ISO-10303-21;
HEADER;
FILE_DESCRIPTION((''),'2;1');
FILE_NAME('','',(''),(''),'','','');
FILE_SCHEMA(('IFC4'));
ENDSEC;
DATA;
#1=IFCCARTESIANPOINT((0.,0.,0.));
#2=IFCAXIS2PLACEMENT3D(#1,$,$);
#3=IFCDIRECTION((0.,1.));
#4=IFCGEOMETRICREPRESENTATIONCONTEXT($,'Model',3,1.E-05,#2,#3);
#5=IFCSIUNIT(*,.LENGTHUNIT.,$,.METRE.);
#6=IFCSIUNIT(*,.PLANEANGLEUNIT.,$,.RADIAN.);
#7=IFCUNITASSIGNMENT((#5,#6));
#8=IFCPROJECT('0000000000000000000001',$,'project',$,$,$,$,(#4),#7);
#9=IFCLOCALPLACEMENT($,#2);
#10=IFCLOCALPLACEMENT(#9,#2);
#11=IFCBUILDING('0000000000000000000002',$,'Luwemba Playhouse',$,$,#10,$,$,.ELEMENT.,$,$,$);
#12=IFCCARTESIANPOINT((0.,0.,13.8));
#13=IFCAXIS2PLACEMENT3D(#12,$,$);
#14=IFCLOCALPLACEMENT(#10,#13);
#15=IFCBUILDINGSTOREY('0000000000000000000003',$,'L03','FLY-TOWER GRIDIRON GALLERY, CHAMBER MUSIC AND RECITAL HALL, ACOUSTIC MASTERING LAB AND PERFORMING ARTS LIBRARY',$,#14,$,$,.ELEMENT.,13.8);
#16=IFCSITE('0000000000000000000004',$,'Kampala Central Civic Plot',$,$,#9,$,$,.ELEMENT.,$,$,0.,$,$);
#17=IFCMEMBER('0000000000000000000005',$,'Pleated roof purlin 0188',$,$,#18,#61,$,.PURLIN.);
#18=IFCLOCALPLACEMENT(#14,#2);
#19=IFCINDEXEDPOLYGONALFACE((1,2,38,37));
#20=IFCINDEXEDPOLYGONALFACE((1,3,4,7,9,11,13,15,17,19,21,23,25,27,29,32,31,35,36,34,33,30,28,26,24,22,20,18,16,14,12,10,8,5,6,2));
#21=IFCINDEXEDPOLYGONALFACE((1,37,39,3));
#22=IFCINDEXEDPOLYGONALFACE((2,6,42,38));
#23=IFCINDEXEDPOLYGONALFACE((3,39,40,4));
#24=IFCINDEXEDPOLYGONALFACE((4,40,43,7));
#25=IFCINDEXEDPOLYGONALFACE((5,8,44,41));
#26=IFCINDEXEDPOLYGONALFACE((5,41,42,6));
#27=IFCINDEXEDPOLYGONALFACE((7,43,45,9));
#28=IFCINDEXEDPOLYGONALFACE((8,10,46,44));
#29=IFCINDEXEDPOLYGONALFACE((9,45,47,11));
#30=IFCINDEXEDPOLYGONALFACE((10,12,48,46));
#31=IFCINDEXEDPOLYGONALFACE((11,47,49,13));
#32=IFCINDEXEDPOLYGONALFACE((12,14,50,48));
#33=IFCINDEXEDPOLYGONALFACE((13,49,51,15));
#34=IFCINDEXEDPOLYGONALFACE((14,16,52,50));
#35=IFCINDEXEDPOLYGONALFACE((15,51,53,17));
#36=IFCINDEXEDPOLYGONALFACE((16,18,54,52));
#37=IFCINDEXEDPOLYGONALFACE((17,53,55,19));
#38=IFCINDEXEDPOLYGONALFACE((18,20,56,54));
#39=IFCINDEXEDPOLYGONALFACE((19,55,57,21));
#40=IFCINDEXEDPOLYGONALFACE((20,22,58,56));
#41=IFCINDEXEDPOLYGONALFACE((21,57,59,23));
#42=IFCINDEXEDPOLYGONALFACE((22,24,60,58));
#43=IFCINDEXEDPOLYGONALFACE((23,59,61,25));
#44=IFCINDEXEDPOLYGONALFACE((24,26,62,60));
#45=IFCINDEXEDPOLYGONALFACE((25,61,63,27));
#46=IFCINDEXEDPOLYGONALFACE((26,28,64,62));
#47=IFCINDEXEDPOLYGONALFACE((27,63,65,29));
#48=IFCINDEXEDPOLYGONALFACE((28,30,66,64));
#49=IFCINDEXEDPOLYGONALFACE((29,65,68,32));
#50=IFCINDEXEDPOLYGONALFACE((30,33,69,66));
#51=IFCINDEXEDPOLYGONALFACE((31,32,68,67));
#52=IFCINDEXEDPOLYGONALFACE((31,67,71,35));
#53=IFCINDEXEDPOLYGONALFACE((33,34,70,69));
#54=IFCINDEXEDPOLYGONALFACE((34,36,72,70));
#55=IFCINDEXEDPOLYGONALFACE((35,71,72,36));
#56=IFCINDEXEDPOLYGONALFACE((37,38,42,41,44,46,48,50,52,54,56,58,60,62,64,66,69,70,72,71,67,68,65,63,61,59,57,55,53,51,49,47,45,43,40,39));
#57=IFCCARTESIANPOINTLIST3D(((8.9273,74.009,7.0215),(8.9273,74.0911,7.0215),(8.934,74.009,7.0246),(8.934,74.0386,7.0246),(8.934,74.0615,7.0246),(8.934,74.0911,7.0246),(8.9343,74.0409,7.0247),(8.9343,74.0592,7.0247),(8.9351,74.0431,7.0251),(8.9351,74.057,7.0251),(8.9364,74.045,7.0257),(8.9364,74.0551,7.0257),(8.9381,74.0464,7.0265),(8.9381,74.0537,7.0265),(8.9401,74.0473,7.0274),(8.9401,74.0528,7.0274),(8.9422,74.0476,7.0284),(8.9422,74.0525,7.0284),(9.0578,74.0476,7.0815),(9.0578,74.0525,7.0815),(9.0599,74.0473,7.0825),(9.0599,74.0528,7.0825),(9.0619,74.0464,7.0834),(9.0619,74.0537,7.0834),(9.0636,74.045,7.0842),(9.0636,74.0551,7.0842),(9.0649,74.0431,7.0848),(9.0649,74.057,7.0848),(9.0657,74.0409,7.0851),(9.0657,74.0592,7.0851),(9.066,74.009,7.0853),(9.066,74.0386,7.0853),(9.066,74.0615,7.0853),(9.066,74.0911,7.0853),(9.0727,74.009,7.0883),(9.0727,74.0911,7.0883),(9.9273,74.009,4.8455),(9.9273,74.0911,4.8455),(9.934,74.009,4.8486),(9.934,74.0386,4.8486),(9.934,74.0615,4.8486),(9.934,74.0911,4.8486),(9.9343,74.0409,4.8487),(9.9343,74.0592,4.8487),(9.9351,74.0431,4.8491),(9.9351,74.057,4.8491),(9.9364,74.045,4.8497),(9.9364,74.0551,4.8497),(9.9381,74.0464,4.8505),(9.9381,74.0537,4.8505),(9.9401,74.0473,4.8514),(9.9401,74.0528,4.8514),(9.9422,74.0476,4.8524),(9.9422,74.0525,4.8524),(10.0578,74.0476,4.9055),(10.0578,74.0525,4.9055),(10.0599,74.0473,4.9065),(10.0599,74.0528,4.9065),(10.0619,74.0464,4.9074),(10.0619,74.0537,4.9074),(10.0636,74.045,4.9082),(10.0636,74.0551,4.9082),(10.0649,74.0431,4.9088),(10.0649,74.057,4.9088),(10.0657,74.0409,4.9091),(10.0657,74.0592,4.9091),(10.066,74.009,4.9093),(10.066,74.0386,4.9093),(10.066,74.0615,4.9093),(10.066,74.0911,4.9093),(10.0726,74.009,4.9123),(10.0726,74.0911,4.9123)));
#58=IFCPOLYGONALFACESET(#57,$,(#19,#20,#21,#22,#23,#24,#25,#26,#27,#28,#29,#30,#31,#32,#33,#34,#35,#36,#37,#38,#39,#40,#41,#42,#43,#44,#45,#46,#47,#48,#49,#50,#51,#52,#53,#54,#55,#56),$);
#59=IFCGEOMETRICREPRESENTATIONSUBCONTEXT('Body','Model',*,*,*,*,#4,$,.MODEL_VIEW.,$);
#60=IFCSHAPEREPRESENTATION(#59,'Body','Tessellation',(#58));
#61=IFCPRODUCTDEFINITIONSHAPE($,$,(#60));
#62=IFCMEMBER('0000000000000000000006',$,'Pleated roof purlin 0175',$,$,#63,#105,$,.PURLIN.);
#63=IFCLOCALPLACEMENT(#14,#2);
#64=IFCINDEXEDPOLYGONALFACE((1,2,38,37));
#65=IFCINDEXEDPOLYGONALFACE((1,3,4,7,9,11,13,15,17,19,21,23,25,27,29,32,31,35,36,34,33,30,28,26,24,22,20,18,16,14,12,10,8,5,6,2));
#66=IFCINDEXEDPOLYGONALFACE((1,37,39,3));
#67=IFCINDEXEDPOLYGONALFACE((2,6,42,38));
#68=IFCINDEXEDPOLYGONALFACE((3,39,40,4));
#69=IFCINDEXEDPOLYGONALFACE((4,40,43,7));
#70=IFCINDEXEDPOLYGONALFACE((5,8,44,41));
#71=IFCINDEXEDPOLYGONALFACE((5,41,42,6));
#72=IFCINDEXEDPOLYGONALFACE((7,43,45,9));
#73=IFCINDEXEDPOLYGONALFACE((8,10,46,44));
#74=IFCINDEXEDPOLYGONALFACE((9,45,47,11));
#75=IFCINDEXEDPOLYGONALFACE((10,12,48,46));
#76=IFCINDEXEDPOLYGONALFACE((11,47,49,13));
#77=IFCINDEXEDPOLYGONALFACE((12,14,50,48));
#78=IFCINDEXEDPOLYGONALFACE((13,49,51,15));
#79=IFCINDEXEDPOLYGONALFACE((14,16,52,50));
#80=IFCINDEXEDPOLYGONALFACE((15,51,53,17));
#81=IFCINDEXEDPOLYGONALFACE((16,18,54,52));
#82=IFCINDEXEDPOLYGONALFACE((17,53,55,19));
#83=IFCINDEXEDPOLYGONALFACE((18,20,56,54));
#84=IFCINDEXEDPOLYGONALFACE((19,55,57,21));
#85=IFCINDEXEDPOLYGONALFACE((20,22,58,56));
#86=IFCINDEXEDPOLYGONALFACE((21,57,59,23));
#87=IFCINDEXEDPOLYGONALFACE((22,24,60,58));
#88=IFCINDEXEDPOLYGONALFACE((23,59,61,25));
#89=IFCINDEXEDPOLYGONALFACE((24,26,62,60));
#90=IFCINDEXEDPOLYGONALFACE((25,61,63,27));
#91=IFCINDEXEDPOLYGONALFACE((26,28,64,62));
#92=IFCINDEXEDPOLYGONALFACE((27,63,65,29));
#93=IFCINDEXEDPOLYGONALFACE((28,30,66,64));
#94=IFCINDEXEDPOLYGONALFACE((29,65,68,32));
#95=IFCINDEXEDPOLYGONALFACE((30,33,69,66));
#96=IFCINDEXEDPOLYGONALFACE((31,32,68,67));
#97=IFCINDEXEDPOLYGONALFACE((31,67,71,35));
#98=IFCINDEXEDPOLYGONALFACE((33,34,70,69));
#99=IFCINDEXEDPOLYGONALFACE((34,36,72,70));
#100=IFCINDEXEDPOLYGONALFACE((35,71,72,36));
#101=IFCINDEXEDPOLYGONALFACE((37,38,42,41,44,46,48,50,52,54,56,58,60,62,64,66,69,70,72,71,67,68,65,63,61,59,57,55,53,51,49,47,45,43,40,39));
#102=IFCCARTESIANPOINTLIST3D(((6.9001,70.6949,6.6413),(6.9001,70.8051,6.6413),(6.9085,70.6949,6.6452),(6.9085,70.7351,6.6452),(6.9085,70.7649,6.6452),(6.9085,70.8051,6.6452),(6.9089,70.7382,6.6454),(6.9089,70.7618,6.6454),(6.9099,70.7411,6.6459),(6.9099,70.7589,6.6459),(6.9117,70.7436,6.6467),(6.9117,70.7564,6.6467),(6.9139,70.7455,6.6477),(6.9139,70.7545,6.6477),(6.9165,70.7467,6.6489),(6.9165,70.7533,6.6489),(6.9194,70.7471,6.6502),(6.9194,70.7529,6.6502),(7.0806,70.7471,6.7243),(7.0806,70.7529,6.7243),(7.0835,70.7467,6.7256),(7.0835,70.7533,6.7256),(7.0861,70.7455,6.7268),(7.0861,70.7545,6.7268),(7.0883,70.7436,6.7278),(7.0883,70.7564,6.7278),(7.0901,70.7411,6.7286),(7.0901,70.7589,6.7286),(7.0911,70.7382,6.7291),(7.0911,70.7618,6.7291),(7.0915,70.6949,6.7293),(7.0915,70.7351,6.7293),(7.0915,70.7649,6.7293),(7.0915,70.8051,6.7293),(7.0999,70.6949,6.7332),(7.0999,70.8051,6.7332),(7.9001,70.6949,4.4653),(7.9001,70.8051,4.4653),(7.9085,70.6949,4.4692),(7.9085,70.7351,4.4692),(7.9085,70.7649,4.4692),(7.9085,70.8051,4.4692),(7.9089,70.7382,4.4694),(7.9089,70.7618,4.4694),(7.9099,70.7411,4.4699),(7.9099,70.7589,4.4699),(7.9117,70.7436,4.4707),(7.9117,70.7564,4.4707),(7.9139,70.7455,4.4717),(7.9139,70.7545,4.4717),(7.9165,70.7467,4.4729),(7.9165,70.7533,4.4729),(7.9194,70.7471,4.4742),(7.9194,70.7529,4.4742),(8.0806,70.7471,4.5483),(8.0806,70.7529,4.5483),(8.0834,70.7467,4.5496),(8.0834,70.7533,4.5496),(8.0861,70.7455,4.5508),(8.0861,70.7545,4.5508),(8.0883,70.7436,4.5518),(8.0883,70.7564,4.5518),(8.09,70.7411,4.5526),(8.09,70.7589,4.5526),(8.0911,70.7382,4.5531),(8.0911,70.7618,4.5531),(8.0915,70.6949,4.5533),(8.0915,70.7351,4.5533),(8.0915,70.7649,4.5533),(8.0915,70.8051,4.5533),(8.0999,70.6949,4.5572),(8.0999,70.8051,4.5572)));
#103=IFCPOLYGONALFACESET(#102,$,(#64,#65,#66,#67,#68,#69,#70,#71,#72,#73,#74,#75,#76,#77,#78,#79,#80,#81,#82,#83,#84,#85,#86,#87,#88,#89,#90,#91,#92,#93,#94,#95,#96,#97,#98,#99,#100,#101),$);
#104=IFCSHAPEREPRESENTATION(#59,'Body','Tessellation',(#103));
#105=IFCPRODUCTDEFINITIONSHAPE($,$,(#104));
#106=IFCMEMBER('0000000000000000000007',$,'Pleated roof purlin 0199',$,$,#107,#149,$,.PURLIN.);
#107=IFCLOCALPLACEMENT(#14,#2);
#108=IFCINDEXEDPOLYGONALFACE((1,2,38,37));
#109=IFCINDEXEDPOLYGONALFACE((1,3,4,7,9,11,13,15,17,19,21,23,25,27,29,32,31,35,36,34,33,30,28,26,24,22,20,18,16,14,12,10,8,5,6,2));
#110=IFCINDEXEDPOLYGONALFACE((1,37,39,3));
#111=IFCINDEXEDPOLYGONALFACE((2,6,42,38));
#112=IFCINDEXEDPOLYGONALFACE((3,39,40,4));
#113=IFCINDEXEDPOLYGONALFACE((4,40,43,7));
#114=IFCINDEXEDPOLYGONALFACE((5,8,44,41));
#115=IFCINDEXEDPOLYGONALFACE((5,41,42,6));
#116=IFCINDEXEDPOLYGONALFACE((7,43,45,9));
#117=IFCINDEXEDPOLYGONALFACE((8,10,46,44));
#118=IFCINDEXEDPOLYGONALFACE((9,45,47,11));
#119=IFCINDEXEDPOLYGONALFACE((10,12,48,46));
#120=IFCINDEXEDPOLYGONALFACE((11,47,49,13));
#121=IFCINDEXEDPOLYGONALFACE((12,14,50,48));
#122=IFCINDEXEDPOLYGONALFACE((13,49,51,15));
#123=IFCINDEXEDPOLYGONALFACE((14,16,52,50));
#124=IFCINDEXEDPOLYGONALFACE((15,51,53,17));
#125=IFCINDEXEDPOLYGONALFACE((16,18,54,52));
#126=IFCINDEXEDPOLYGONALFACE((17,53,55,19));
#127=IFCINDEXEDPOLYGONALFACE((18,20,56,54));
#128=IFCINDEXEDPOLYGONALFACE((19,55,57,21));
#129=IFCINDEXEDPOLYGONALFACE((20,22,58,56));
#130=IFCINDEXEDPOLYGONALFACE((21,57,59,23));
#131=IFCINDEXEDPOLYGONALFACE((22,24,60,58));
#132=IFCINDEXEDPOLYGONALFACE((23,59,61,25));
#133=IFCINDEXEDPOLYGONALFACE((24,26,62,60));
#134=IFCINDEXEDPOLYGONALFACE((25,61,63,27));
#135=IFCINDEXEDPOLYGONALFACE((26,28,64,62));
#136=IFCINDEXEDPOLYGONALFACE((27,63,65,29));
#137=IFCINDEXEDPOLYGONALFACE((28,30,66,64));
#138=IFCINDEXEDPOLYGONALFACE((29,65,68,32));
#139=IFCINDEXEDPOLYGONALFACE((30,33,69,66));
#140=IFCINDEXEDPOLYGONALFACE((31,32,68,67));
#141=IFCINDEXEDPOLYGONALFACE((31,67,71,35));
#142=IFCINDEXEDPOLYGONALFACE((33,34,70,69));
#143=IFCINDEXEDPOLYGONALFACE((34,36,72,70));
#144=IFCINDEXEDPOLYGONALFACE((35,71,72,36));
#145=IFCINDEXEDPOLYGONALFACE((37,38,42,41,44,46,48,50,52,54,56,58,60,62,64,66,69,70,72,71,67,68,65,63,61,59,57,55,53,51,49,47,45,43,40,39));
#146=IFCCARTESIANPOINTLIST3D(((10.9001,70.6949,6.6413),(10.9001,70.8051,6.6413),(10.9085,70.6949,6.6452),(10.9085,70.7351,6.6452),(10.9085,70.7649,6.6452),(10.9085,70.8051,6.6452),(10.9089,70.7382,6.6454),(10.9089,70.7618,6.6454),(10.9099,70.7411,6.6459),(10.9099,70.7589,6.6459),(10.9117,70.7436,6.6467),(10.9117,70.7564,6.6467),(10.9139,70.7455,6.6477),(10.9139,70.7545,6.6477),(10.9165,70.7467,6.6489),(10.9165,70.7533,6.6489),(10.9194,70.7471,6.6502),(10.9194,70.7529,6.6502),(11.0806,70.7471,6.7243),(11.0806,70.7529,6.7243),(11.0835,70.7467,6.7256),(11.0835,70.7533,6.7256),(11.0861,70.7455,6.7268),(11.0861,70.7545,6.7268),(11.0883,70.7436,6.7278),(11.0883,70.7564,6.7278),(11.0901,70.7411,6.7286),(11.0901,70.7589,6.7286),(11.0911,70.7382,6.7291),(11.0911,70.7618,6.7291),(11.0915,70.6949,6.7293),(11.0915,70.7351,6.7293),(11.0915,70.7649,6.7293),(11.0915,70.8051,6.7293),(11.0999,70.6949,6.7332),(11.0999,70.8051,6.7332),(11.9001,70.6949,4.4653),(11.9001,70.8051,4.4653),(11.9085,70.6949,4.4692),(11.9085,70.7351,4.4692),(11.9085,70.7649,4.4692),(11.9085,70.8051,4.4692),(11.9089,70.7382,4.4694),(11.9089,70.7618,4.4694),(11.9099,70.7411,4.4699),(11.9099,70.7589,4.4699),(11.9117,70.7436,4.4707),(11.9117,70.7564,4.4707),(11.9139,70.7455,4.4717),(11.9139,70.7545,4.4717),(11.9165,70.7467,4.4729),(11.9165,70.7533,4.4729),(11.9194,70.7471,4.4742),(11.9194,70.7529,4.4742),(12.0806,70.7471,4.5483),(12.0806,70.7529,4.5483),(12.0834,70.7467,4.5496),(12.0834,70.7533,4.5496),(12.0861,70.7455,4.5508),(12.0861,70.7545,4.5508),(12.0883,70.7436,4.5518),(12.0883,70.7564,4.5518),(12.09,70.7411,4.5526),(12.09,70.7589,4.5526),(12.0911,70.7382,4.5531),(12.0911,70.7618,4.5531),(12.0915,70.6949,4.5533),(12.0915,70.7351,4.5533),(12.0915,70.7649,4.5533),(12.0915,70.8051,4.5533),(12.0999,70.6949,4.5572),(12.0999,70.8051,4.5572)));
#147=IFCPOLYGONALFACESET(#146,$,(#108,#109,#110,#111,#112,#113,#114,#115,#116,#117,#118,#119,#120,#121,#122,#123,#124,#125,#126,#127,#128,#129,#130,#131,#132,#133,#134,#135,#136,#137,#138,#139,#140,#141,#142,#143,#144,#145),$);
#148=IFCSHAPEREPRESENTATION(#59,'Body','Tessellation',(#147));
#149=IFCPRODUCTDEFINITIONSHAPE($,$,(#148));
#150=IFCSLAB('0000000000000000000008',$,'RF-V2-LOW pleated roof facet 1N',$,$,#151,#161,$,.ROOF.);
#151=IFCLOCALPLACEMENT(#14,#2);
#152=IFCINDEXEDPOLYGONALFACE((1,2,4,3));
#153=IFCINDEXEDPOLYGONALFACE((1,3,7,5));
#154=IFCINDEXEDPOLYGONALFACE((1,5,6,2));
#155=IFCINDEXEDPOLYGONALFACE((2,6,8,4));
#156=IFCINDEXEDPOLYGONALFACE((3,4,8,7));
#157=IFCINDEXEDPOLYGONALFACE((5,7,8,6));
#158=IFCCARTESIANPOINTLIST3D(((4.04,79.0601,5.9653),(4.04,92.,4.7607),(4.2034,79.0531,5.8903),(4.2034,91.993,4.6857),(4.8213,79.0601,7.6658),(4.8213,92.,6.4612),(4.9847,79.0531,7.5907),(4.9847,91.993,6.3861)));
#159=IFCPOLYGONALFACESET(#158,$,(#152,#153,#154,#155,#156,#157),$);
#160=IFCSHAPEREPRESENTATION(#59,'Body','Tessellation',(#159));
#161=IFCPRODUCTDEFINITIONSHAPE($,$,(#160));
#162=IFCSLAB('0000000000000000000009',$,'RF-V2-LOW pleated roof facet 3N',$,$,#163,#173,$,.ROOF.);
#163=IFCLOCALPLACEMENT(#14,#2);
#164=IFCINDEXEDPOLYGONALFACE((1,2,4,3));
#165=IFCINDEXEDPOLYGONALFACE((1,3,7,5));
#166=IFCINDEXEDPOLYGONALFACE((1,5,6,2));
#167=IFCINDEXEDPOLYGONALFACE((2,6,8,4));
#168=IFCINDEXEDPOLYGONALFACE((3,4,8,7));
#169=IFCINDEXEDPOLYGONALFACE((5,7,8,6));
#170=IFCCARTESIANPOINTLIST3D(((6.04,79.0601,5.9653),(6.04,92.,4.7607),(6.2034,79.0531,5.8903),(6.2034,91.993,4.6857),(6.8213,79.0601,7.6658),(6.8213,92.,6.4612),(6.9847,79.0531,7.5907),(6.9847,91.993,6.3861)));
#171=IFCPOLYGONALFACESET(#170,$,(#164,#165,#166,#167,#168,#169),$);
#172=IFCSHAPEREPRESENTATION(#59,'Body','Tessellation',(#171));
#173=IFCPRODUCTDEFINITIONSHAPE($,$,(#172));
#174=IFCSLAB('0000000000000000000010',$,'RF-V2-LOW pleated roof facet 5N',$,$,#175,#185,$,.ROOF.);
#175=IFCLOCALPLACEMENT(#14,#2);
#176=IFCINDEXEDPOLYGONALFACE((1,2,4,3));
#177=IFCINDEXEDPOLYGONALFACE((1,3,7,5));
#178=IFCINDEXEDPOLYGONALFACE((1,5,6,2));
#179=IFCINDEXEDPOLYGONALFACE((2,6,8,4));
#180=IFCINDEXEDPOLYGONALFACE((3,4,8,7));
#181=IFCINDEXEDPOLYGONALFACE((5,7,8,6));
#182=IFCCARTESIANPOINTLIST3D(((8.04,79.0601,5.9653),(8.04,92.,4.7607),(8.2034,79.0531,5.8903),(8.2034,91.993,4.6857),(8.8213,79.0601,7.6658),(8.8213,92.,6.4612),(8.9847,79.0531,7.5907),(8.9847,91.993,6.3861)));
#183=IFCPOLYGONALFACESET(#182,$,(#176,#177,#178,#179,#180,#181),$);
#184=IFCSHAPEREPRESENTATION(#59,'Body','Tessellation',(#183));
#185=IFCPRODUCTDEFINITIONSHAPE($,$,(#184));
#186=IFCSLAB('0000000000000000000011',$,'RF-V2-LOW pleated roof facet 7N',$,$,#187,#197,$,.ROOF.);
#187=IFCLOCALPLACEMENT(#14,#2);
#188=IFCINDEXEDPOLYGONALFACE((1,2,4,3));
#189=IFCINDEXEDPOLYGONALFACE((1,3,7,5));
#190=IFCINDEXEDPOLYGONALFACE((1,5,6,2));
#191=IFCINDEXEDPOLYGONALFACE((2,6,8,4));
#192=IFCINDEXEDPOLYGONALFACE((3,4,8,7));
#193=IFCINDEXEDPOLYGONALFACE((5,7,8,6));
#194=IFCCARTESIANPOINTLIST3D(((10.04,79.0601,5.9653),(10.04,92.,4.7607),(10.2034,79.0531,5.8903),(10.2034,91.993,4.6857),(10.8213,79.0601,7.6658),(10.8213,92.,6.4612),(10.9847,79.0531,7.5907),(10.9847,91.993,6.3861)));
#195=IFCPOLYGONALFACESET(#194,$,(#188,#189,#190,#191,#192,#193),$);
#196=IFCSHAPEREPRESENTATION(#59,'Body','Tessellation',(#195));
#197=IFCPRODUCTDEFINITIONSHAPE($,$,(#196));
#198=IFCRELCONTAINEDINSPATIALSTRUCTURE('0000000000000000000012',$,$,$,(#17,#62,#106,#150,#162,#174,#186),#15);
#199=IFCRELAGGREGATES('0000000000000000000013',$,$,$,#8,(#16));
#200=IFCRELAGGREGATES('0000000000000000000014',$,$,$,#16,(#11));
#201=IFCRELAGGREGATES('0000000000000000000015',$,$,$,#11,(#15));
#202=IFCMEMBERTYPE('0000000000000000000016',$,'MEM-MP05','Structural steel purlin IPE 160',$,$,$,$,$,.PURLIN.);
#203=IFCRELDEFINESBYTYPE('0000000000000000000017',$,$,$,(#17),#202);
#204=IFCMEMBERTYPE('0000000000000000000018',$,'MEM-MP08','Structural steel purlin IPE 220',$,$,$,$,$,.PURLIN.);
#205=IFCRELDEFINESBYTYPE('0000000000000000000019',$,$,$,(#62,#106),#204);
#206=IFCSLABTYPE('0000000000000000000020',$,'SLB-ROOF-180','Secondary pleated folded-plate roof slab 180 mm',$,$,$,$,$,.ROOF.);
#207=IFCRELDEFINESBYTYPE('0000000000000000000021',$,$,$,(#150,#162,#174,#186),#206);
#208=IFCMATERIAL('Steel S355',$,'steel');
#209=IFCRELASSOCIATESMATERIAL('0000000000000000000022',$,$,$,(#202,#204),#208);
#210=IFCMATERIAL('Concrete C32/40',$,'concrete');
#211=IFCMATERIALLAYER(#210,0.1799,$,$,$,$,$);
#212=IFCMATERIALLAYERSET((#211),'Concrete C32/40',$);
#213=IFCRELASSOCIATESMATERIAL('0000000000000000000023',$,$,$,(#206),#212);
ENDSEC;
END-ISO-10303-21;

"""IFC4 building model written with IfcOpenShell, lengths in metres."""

from ifc_helpers import new_model, si_unit, direction, frame, origin, origin_2d, place, context, subcontext, project, spatial, polyline, i_section, outline, extrude, material, layer, layer_set, material_profile, profile_set, type_object, element, save


model = new_model("IFC4")

# Units and contexts
model_context = context("Model", 3, precision=1e-05, world=origin(), true_north=direction((0.0, 1.0)))
body_context = subcontext(model_context, "Body", "Model", "MODEL_VIEW")
ifc_project = project(units=[si_unit("LENGTHUNIT", "METRE"), si_unit("PLANEANGLEUNIT", "RADIAN")], contexts=[model_context])

# Site, building, storey
site_placement = place(None, origin())
site = spatial("IfcSite", under=ifc_project, at=site_placement, Name="Kampala Central Civic Plot", CompositionType="ELEMENT", RefElevation=0.0)
building_placement = place(site_placement, origin())
building = spatial("IfcBuilding", under=site, at=building_placement, Name="Luwemba Playhouse", CompositionType="ELEMENT")
storey_placement = place(building_placement, frame((0.0, 0.0, 13.8)))
storey = spatial("IfcBuildingStorey", under=building, at=storey_placement, Name="L03", Description="FLY-TOWER GRIDIRON GALLERY, CHAMBER MUSIC AND RECITAL HALL, ACOUSTIC MASTERING LAB AND PERFORMING ARTS LIBRARY", CompositionType="ELEMENT", Elevation=13.8)

# Members
ifc_material_1 = material(Name="Steel S355", Category="steel")
ifc_material_profile_1 = material_profile(ifc_material_1, i_section(OverallWidth=0.082, OverallDepth=0.1599, WebThickness=0.0049, FlangeThickness=0.0073, FilletRadius=0.009, at=origin_2d()))
ifc_profile_set_1 = profile_set([ifc_material_profile_1], Name="Steel S355")
member_type_1 = type_object("IfcMemberType", Name="MEM-MP05", Description="Structural steel purlin IPE 160", PredefinedType="PURLIN", material=ifc_profile_set_1)
for number, where, z_axis, x_axis, name in (
    (1, (9.0, 74.05, 7.0549), (0.417571, 0.0, -0.908644), (0.0, 1.0, 0.0), "Pleated roof purlin 0188"),
):
    element("IfcMember", number, at=place(storey_placement, frame(where, z_axis=z_axis, x_axis=x_axis)), inside=storey, type_object=member_type_1, Name=name, PredefinedType="PURLIN", context=body_context, shape_type="SweptSolid", body=[
        extrude(i_section(OverallWidth=0.082, OverallDepth=0.1599, WebThickness=0.0049, FlangeThickness=0.0073, FilletRadius=0.009, at=origin_2d()), origin(), (0.0, 0.0, 1.0), 2.3948),
    ])
ifc_material_profile_2 = material_profile(ifc_material_1, i_section(OverallWidth=0.1101, OverallDepth=0.22, WebThickness=0.0059, FlangeThickness=0.0093, FilletRadius=0.012, at=origin_2d()))
ifc_profile_set_2 = profile_set([ifc_material_profile_2], Name="Steel S355")
member_type_2 = type_object("IfcMemberType", Name="MEM-MP08", Description="Structural steel purlin IPE 220", PredefinedType="PURLIN", material=ifc_profile_set_2)
for number, where, z_axis, x_axis, name in (
    (2, (7.0, 70.75, 6.6873), (0.417571, 0.0, -0.908644), (0.0, 1.0, 0.0), "Pleated roof purlin 0175"),
    (3, (11.0, 70.75, 6.6873), (0.417571, 0.0, -0.908644), (0.0, 1.0, 0.0), "Pleated roof purlin 0199"),
):
    element("IfcMember", number, at=place(storey_placement, frame(where, z_axis=z_axis, x_axis=x_axis)), inside=storey, type_object=member_type_2, Name=name, PredefinedType="PURLIN", context=body_context, shape_type="SweptSolid", body=[
        extrude(i_section(OverallWidth=0.1101, OverallDepth=0.22, WebThickness=0.0059, FlangeThickness=0.0093, FilletRadius=0.012, at=origin_2d()), origin(), (0.0, 0.0, 1.0), 2.3948),
    ])

# Slabs
ifc_material_2 = material(Name="Concrete C32/40", Category="concrete")
ifc_layer_1 = layer(ifc_material_2, 0.1799)
ifc_layer_set_1 = layer_set([ifc_layer_1], Name="Concrete C32/40")
slab_type = type_object("IfcSlabType", Name="SLB-ROOF-180", Description="Secondary pleated folded-plate roof slab 180 mm", PredefinedType="ROOF", material=ifc_layer_set_1)
for number, where, z_axis, x_axis, name in (
    (4, (4.04, 79.0601, 5.9653), (-0.907998, 0.038835, 0.417171), (0.417486, 0.0, 0.908684), "RF-V2-LOW pleated roof facet 1N"),
    (5, (6.04, 79.0601, 5.9653), (-0.907998, 0.038835, 0.417171), (0.417486, 0.0, 0.908684), "RF-V2-LOW pleated roof facet 3N"),
    (6, (8.04, 79.0601, 5.9653), (-0.907998, 0.038835, 0.417171), (0.417486, 0.0, 0.908684), "RF-V2-LOW pleated roof facet 5N"),
    (7, (10.04, 79.0601, 5.9653), (-0.907998, 0.038835, 0.417171), (0.417486, 0.0, 0.908684), "RF-V2-LOW pleated roof facet 7N"),
):
    element("IfcSlab", number, at=place(storey_placement, frame(where, z_axis=z_axis, x_axis=x_axis)), inside=storey, type_object=slab_type, Name=name, PredefinedType="ROOF", context=body_context, shape_type="SweptSolid", body=[
        extrude(outline(polyline([(0.0, 0.0), (1.8713, 0.0), (0.7767, 12.9497), (-1.0946, 12.9497), (0.0, 0.0)])), origin(), (0.0, 0.0, -1.0), 0.1799),
    ])

save(model, "model.ifc")
